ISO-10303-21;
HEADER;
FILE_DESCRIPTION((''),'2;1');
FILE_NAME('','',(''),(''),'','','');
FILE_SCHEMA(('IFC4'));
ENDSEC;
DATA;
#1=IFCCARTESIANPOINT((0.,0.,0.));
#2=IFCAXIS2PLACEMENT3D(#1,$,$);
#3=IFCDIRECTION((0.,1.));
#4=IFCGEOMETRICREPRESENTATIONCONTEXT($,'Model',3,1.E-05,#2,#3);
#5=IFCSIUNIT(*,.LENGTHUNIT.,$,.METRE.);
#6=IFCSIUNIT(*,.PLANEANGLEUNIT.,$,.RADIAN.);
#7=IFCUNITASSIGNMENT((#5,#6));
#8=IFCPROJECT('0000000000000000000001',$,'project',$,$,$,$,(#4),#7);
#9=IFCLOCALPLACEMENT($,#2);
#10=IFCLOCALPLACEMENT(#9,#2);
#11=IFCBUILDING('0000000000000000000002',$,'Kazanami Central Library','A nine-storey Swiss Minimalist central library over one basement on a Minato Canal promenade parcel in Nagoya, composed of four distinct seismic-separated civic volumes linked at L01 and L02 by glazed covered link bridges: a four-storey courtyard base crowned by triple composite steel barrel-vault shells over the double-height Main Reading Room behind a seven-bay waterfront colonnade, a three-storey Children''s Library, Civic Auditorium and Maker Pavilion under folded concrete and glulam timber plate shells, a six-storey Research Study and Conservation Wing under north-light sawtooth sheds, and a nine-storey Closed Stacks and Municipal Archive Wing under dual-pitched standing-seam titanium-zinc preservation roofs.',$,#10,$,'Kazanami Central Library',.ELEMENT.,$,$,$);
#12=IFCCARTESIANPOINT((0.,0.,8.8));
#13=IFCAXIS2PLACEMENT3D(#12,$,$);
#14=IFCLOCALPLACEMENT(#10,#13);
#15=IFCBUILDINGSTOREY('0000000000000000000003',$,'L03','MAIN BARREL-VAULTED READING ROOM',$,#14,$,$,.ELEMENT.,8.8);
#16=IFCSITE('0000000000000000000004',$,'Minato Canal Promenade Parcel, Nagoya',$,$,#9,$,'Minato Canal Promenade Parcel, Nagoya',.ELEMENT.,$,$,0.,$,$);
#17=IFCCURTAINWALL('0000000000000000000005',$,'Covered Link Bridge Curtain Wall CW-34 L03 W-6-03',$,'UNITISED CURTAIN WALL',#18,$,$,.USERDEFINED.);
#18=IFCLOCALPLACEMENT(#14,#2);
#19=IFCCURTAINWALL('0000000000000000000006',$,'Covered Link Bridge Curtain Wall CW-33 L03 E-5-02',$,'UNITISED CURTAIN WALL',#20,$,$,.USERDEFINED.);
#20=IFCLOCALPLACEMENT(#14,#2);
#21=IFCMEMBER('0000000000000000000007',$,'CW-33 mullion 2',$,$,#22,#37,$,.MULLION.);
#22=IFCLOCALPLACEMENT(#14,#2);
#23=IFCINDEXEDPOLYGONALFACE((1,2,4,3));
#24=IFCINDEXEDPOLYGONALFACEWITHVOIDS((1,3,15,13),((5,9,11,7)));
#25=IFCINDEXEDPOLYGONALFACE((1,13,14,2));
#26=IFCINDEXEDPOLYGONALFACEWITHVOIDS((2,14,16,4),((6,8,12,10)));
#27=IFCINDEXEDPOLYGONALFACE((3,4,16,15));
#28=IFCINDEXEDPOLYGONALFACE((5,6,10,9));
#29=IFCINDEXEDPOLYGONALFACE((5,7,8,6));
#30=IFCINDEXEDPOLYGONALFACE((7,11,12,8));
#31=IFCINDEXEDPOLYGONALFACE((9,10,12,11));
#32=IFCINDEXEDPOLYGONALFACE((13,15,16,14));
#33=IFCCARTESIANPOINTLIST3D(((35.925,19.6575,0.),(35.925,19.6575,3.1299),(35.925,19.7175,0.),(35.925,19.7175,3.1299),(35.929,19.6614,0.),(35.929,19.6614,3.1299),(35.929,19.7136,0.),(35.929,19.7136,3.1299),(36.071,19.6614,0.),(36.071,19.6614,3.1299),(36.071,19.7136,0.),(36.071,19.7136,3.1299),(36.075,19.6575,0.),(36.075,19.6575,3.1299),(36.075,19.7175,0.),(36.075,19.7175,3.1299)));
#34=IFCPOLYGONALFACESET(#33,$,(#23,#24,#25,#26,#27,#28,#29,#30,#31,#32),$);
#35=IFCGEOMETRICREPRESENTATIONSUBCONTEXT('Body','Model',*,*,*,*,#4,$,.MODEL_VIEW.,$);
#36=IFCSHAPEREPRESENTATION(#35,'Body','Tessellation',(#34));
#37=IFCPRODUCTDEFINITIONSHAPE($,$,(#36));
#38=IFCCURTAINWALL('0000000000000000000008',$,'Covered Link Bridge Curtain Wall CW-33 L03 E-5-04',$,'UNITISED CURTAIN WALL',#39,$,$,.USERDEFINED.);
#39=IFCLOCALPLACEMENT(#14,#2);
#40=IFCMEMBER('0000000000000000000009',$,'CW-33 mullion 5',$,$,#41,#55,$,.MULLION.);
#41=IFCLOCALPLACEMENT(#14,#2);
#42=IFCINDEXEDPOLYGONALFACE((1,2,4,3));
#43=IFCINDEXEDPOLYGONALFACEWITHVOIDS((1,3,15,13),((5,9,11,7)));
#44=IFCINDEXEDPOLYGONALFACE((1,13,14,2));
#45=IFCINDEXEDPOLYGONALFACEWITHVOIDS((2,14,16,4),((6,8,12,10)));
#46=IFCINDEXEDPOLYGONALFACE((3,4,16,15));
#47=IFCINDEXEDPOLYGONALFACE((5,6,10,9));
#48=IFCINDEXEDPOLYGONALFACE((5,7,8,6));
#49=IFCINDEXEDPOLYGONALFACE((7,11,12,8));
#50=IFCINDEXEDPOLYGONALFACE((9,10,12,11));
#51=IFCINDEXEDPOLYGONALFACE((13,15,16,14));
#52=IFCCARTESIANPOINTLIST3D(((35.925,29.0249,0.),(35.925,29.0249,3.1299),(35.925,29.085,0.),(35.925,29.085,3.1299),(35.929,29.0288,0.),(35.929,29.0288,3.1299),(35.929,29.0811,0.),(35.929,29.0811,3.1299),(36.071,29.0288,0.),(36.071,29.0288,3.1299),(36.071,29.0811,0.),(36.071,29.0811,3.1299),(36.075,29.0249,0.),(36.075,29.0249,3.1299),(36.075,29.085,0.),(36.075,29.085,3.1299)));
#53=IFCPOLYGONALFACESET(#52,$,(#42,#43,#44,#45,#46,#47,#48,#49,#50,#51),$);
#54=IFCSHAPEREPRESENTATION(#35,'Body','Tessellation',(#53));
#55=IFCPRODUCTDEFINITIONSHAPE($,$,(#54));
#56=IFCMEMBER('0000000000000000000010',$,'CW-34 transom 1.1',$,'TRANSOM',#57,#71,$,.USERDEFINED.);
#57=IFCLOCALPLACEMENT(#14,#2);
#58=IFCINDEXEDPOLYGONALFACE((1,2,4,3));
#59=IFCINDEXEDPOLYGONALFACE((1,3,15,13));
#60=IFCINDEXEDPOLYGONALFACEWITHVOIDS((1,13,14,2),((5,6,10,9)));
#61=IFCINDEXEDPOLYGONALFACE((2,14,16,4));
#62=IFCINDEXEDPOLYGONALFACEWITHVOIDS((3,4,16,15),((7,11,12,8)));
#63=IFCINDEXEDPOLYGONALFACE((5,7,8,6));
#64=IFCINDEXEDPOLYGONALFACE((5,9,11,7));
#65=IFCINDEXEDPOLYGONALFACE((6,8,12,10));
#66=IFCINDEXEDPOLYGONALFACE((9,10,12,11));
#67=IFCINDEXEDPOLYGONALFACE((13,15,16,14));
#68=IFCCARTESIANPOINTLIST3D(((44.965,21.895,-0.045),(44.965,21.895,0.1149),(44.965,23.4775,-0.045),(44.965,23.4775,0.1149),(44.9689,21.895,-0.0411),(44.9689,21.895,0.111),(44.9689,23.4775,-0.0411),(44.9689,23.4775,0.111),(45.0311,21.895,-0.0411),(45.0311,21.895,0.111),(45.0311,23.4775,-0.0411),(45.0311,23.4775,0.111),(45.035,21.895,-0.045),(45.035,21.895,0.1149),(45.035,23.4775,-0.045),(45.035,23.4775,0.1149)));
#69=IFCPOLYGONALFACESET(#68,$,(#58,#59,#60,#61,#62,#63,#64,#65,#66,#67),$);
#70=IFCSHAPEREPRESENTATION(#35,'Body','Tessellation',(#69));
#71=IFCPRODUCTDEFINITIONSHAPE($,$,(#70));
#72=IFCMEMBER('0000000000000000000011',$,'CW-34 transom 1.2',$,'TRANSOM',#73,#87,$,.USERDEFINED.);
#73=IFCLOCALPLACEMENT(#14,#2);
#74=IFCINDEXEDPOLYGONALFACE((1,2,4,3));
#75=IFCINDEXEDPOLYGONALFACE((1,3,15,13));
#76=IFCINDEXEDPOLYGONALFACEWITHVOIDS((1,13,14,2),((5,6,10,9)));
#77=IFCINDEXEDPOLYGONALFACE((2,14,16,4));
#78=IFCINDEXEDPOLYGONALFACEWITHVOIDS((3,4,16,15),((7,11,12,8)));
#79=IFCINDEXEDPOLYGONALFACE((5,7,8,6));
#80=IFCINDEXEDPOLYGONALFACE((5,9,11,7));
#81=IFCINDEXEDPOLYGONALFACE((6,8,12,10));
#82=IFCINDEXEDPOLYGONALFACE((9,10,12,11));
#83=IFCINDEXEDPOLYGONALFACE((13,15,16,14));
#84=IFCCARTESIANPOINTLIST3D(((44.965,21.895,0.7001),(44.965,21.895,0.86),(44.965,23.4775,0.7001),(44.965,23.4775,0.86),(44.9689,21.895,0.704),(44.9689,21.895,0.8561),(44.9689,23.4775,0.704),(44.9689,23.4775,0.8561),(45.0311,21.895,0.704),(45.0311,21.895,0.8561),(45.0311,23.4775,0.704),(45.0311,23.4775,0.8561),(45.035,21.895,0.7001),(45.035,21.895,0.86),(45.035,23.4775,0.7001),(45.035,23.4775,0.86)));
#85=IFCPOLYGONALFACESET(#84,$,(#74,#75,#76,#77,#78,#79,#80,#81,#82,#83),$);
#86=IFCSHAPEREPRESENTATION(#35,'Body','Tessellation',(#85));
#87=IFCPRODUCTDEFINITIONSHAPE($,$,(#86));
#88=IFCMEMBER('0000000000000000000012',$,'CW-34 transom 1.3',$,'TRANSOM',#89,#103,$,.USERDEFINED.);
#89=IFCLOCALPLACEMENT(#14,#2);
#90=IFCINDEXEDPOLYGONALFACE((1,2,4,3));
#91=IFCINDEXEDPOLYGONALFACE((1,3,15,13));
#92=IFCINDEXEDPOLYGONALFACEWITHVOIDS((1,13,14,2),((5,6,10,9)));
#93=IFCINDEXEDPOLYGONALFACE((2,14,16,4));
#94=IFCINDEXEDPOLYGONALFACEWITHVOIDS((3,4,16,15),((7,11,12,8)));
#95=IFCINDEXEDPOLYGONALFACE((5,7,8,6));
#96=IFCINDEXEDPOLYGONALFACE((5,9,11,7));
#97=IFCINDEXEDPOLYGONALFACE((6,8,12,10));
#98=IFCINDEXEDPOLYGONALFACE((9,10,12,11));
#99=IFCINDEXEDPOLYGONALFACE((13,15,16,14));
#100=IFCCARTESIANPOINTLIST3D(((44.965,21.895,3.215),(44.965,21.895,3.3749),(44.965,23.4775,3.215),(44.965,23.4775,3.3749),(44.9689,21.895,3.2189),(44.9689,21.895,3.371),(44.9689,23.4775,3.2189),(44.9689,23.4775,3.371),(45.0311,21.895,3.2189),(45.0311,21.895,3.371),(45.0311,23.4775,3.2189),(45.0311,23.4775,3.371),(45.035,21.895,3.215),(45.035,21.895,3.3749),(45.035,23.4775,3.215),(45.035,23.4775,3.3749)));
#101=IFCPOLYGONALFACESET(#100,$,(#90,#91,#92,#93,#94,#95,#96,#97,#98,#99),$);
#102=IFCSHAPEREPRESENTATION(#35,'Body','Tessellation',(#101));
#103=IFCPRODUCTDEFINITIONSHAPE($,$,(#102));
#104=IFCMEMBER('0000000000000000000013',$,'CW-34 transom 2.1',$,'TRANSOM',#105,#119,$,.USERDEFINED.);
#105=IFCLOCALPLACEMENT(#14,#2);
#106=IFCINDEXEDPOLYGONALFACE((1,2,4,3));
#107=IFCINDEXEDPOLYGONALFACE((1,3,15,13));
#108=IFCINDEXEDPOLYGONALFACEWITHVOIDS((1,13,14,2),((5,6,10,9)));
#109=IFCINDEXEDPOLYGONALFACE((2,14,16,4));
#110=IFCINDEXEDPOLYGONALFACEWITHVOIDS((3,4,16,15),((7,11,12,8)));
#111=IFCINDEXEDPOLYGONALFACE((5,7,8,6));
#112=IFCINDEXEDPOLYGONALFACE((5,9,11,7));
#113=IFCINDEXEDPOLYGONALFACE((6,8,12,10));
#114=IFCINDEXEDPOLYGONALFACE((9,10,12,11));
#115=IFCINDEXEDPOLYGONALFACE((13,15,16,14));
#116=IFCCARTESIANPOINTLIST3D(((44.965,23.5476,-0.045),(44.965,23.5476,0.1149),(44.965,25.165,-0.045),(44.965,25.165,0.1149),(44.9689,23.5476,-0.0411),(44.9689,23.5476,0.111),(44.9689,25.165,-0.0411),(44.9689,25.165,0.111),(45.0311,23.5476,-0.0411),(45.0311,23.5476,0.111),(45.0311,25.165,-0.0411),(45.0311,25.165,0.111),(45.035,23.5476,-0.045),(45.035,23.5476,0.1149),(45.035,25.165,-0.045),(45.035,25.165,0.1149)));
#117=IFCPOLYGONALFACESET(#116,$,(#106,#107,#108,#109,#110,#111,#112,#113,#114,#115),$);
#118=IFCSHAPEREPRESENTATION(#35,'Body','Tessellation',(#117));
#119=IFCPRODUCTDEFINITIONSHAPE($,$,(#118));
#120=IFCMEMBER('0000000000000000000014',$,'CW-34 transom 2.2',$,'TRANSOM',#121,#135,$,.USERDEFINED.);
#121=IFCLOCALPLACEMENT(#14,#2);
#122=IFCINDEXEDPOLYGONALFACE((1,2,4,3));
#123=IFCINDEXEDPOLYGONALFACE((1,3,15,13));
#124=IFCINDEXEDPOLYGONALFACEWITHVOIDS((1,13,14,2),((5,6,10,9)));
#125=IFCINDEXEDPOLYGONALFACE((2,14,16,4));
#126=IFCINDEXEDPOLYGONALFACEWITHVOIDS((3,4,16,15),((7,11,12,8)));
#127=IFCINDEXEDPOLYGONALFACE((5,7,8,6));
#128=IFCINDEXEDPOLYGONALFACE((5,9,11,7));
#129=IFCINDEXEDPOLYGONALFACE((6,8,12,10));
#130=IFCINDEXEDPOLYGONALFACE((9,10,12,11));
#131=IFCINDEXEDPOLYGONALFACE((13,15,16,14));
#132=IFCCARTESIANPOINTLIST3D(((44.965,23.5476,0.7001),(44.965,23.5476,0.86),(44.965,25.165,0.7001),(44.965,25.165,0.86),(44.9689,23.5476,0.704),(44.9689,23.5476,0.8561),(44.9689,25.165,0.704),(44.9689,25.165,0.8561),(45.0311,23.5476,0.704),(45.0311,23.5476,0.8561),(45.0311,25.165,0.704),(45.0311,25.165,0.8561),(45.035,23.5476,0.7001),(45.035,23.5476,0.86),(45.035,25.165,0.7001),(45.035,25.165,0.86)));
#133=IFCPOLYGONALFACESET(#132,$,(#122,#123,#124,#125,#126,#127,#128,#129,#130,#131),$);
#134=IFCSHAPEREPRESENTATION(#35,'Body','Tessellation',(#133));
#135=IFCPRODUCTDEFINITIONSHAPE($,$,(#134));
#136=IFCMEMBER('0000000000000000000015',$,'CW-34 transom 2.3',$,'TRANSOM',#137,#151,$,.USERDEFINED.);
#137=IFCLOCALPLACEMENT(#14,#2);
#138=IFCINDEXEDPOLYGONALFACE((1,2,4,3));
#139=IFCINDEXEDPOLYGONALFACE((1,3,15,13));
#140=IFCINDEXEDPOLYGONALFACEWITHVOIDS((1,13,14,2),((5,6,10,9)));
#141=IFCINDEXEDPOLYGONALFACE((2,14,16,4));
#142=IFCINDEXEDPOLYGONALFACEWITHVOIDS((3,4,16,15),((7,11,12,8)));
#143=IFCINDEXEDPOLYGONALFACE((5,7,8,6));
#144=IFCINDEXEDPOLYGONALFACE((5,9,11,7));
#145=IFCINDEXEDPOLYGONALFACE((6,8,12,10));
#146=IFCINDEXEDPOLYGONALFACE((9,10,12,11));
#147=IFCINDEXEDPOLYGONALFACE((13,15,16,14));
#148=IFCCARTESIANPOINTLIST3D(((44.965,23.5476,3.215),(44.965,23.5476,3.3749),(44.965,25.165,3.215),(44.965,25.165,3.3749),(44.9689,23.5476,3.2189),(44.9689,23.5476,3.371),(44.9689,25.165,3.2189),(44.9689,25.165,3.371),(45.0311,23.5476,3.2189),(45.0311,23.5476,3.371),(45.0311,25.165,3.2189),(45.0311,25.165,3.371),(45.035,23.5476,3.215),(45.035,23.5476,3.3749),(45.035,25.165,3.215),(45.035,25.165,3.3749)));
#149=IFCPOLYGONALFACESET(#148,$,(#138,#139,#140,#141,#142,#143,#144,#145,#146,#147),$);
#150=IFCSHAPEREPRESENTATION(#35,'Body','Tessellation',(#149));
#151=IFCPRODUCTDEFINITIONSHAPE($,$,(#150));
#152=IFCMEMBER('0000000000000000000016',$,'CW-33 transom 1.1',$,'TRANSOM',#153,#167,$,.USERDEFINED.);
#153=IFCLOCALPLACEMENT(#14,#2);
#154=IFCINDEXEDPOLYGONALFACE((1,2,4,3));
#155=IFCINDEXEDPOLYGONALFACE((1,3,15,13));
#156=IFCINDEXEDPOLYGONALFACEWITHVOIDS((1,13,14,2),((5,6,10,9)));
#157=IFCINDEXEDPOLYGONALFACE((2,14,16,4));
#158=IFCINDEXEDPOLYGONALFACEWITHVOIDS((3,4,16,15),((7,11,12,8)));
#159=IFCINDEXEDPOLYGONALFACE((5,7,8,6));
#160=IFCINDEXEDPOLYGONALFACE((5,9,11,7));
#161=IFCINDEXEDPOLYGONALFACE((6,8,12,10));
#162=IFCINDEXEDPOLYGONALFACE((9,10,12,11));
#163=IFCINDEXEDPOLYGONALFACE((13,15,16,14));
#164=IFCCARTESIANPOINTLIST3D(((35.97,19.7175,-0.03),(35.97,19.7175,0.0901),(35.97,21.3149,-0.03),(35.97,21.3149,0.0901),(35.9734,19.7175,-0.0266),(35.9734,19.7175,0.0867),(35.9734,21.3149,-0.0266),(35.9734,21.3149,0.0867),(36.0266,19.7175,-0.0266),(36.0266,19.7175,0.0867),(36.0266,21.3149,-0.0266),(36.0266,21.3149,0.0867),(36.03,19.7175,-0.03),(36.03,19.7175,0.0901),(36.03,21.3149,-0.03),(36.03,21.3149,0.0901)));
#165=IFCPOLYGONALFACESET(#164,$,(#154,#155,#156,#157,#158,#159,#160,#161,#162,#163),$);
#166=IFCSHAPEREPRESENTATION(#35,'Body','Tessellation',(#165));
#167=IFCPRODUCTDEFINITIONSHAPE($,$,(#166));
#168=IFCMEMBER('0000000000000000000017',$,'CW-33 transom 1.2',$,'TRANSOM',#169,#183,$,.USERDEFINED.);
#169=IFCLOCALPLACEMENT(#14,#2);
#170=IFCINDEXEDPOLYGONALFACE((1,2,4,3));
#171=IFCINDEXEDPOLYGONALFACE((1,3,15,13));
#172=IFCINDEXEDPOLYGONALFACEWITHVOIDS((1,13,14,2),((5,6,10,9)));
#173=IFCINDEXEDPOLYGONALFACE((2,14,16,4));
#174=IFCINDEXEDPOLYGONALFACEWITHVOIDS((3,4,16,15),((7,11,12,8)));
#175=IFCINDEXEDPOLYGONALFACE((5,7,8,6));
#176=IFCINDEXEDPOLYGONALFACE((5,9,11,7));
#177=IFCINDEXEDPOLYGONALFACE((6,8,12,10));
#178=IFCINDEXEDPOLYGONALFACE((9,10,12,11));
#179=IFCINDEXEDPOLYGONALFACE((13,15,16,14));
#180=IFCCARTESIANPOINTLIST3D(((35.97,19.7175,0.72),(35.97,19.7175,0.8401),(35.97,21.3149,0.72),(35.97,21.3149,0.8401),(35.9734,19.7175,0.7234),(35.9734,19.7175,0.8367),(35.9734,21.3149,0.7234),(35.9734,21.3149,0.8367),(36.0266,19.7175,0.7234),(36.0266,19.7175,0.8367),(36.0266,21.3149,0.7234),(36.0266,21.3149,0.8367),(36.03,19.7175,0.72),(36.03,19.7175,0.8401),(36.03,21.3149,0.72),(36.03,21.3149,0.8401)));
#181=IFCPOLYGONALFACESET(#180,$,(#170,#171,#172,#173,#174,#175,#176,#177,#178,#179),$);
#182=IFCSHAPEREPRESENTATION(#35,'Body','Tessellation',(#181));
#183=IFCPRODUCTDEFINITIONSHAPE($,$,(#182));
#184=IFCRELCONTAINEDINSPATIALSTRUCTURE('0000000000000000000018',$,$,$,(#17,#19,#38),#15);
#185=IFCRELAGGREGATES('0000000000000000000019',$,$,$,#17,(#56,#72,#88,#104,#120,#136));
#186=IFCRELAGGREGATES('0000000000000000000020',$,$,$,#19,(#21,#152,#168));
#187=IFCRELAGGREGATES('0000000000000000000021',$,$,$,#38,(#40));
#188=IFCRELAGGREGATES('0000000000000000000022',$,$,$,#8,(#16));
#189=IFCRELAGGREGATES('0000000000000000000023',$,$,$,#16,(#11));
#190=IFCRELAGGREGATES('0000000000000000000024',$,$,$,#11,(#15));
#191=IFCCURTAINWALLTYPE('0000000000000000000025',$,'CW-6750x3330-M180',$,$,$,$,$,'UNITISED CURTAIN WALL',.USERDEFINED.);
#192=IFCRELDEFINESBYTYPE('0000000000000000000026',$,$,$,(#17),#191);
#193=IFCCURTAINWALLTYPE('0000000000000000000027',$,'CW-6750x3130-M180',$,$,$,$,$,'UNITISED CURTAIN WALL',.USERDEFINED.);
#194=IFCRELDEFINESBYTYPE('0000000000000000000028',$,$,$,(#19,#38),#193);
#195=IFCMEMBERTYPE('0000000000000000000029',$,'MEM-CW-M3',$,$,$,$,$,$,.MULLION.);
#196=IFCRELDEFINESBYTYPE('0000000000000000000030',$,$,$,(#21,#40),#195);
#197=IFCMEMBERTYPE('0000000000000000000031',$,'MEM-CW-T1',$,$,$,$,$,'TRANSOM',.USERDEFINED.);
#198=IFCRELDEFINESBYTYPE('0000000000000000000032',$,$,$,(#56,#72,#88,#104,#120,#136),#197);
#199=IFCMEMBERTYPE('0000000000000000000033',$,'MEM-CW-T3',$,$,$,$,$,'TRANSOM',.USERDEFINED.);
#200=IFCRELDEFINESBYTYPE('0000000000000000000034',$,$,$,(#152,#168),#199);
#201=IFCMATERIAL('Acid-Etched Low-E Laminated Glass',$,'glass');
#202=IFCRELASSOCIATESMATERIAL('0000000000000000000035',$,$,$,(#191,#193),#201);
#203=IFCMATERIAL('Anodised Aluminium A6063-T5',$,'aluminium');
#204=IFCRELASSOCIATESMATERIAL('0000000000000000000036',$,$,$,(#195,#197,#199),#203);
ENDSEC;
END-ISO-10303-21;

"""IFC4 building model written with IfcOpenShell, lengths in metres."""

from ifc_helpers import new_model, si_unit, direction, frame, origin, origin_2d, place, context, subcontext, project, spatial, hollow_rectangle, extrude, material, material_profile, profile_set, type_object, element, aggregate, save


model = new_model("IFC4")

# Units and contexts
model_context = context("Model", 3, precision=1e-05, world=origin(), true_north=direction((0.0, 1.0)))
body_context = subcontext(model_context, "Body", "Model", "MODEL_VIEW")
ifc_project = project(units=[si_unit("LENGTHUNIT", "METRE"), si_unit("PLANEANGLEUNIT", "RADIAN")], contexts=[model_context])

# Site, building, storey
site_placement = place(None, origin())
site = spatial("IfcSite", under=ifc_project, at=site_placement, Name="Minato Canal Promenade Parcel, Nagoya", LongName="Minato Canal Promenade Parcel, Nagoya", CompositionType="ELEMENT", RefElevation=0.0)
building_placement = place(site_placement, origin())
building = spatial("IfcBuilding", under=site, at=building_placement, Name="Kazanami Central Library", Description="A nine-storey Swiss Minimalist central library over one basement on a Minato Canal promenade parcel in Nagoya, composed of four distinct seismic-separated civic volumes linked at L01 and L02 by glazed covered link bridges: a four-storey courtyard base crowned by triple composite steel barrel-vault shells over the double-height Main Reading Room behind a seven-bay waterfront colonnade, a three-storey Children's Library, Civic Auditorium and Maker Pavilion under folded concrete and glulam timber plate shells, a six-storey Research Study and Conservation Wing under north-light sawtooth sheds, and a nine-storey Closed Stacks and Municipal Archive Wing under dual-pitched standing-seam titanium-zinc preservation roofs.", LongName="Kazanami Central Library", CompositionType="ELEMENT")
storey_placement = place(building_placement, frame((0.0, 0.0, 8.8)))
storey = spatial("IfcBuildingStorey", under=building, at=storey_placement, Name="L03", Description="MAIN BARREL-VAULTED READING ROOM", CompositionType="ELEMENT", Elevation=8.8)

# Curtain walls, member
ifc_material_1 = material(Name="Acid-Etched Low-E Laminated Glass", Category="glass")
curtain_wall_type_1 = type_object("IfcCurtainWallType", Name="CW-6750x3330-M180", ElementType="UNITISED CURTAIN WALL", PredefinedType="USERDEFINED", material=ifc_material_1)
curtain_wall_1_placement = place(storey_placement, origin())
curtain_wall_1 = element("IfcCurtainWall", 1, at=curtain_wall_1_placement, inside=storey, type_object=curtain_wall_type_1, Name="Covered Link Bridge Curtain Wall CW-34 L03 W-6-03", ObjectType="UNITISED CURTAIN WALL", PredefinedType="USERDEFINED")
ifc_material_2 = material(Name="Anodised Aluminium A6063-T5", Category="aluminium")
curtain_wall_type_2 = type_object("IfcCurtainWallType", Name="CW-6750x3130-M180", ElementType="UNITISED CURTAIN WALL", PredefinedType="USERDEFINED", material=ifc_material_1)
curtain_wall_2_placement = place(storey_placement, origin())
curtain_wall_2 = element("IfcCurtainWall", 2, at=curtain_wall_2_placement, inside=storey, type_object=curtain_wall_type_2, Name="Covered Link Bridge Curtain Wall CW-33 L03 E-5-02", ObjectType="UNITISED CURTAIN WALL", PredefinedType="USERDEFINED")
ifc_material_profile_1 = material_profile(ifc_material_2, hollow_rectangle(XDim=0.0601, YDim=0.1499, WallThickness=0.0039, at=origin_2d()), Name="ALU-MULL-60x150x4")
ifc_profile_set_1 = profile_set([ifc_material_profile_1], Name="Anodised Aluminium A6063-T5")
member_type_1 = type_object("IfcMemberType", Name="MEM-CW-M3", PredefinedType="MULLION", material=ifc_profile_set_1)
member_1_placement = place(storey_placement, frame((36.0, 19.6875, 0.0), z_axis=(0.0, 0.0, 1.0), x_axis=(0.0, -1.0, 0.0)))
member_1 = element("IfcMember", 3, at=member_1_placement, type_object=member_type_1, Name="CW-33 mullion 2", PredefinedType="MULLION", context=body_context, shape_type="SweptSolid", body=[
    extrude(hollow_rectangle(XDim=0.0601, YDim=0.1499, WallThickness=0.0039, at=origin_2d()), origin(), (0.0, 0.0, 1.0), 3.1299),
])

# Curtain wall, member
curtain_wall_3_placement = place(storey_placement, origin())
curtain_wall_3 = element("IfcCurtainWall", 4, at=curtain_wall_3_placement, inside=storey, type_object=curtain_wall_type_2, Name="Covered Link Bridge Curtain Wall CW-33 L03 E-5-04", ObjectType="UNITISED CURTAIN WALL", PredefinedType="USERDEFINED")
member_2_placement = place(storey_placement, frame((36.0, 29.0549, 0.0), z_axis=(0.0, 0.0, 1.0), x_axis=(0.0, -1.0, 0.0)))
member_2 = element("IfcMember", 5, at=member_2_placement, type_object=member_type_1, Name="CW-33 mullion 5", PredefinedType="MULLION", context=body_context, shape_type="SweptSolid", body=[
    extrude(hollow_rectangle(XDim=0.0601, YDim=0.1499, WallThickness=0.0039, at=origin_2d()), origin(), (0.0, 0.0, 1.0), 3.1299),
])

# Members
ifc_material_profile_2 = material_profile(ifc_material_2, hollow_rectangle(XDim=0.0701, YDim=0.1599, WallThickness=0.0039, at=origin_2d()), Name="ALU-TRAN-70x160x4")
ifc_profile_set_2 = profile_set([ifc_material_profile_2], Name="Anodised Aluminium A6063-T5")
member_type_2 = type_object("IfcMemberType", Name="MEM-CW-T1", ElementType="TRANSOM", PredefinedType="USERDEFINED", material=ifc_profile_set_2)
member_3_placement = place(storey_placement, frame((45.0, 21.895, 0.0349), z_axis=(0.0, 1.0, 0.0), x_axis=(-1.0, 0.0, 0.0)))
member_3 = element("IfcMember", 6, at=member_3_placement, type_object=member_type_2, Name="CW-34 transom 1.1", ObjectType="TRANSOM", PredefinedType="USERDEFINED", context=body_context, shape_type="SweptSolid", body=[
    extrude(hollow_rectangle(XDim=0.0701, YDim=0.1599, WallThickness=0.0039, at=origin_2d()), origin(), (0.0, 0.0, 1.0), 1.5825),
])
member_4_placement = place(storey_placement, frame((45.0, 21.895, 0.78), z_axis=(0.0, 1.0, 0.0), x_axis=(-1.0, 0.0, 0.0)))
member_4 = element("IfcMember", 7, at=member_4_placement, type_object=member_type_2, Name="CW-34 transom 1.2", ObjectType="TRANSOM", PredefinedType="USERDEFINED", context=body_context, shape_type="SweptSolid", body=[
    extrude(hollow_rectangle(XDim=0.0701, YDim=0.1599, WallThickness=0.0039, at=origin_2d()), origin(), (0.0, 0.0, 1.0), 1.5825),
])
member_5_placement = place(storey_placement, frame((45.0, 21.895, 3.2949), z_axis=(0.0, 1.0, 0.0), x_axis=(-1.0, 0.0, 0.0)))
member_5 = element("IfcMember", 8, at=member_5_placement, type_object=member_type_2, Name="CW-34 transom 1.3", ObjectType="TRANSOM", PredefinedType="USERDEFINED", context=body_context, shape_type="SweptSolid", body=[
    extrude(hollow_rectangle(XDim=0.0701, YDim=0.1599, WallThickness=0.0039, at=origin_2d()), origin(), (0.0, 0.0, 1.0), 1.5825),
])
member_6_placement = place(storey_placement, frame((45.0, 23.5476, 0.0349), z_axis=(0.0, 1.0, 0.0), x_axis=(-1.0, 0.0, 0.0)))
member_6 = element("IfcMember", 9, at=member_6_placement, type_object=member_type_2, Name="CW-34 transom 2.1", ObjectType="TRANSOM", PredefinedType="USERDEFINED", context=body_context, shape_type="SweptSolid", body=[
    extrude(hollow_rectangle(XDim=0.0701, YDim=0.1599, WallThickness=0.0039, at=origin_2d()), origin(), (0.0, 0.0, 1.0), 1.6174),
])
member_7_placement = place(storey_placement, frame((45.0, 23.5476, 0.78), z_axis=(0.0, 1.0, 0.0), x_axis=(-1.0, 0.0, 0.0)))
member_7 = element("IfcMember", 10, at=member_7_placement, type_object=member_type_2, Name="CW-34 transom 2.2", ObjectType="TRANSOM", PredefinedType="USERDEFINED", context=body_context, shape_type="SweptSolid", body=[
    extrude(hollow_rectangle(XDim=0.0701, YDim=0.1599, WallThickness=0.0039, at=origin_2d()), origin(), (0.0, 0.0, 1.0), 1.6174),
])
member_8_placement = place(storey_placement, frame((45.0, 23.5476, 3.2949), z_axis=(0.0, 1.0, 0.0), x_axis=(-1.0, 0.0, 0.0)))
member_8 = element("IfcMember", 11, at=member_8_placement, type_object=member_type_2, Name="CW-34 transom 2.3", ObjectType="TRANSOM", PredefinedType="USERDEFINED", context=body_context, shape_type="SweptSolid", body=[
    extrude(hollow_rectangle(XDim=0.0701, YDim=0.1599, WallThickness=0.0039, at=origin_2d()), origin(), (0.0, 0.0, 1.0), 1.6174),
])
ifc_material_profile_3 = material_profile(ifc_material_2, hollow_rectangle(XDim=0.0601, YDim=0.1201, WallThickness=0.0034, at=origin_2d()), Name="ALU-TRAN-60x120x3.5")
ifc_profile_set_3 = profile_set([ifc_material_profile_3], Name="Anodised Aluminium A6063-T5")
member_type_3 = type_object("IfcMemberType", Name="MEM-CW-T3", ElementType="TRANSOM", PredefinedType="USERDEFINED", material=ifc_profile_set_3)
member_9_placement = place(storey_placement, frame((36.0, 21.3149, 0.03), z_axis=(0.0, -1.0, 0.0), x_axis=(1.0, 0.0, 0.0)))
member_9 = element("IfcMember", 12, at=member_9_placement, type_object=member_type_3, Name="CW-33 transom 1.1", ObjectType="TRANSOM", PredefinedType="USERDEFINED", context=body_context, shape_type="SweptSolid", body=[
    extrude(hollow_rectangle(XDim=0.0601, YDim=0.1201, WallThickness=0.0034, at=origin_2d()), origin(), (0.0, 0.0, 1.0), 1.5974),
])
member_10_placement = place(storey_placement, frame((36.0, 21.3149, 0.78), z_axis=(0.0, -1.0, 0.0), x_axis=(1.0, 0.0, 0.0)))
member_10 = element("IfcMember", 13, at=member_10_placement, type_object=member_type_3, Name="CW-33 transom 1.2", ObjectType="TRANSOM", PredefinedType="USERDEFINED", context=body_context, shape_type="SweptSolid", body=[
    extrude(hollow_rectangle(XDim=0.0601, YDim=0.1201, WallThickness=0.0034, at=origin_2d()), origin(), (0.0, 0.0, 1.0), 1.5974),
])

aggregate(curtain_wall_1, [member_3, member_4, member_5, member_6, member_7, member_8])
aggregate(curtain_wall_2, [member_1, member_9, member_10])
aggregate(curtain_wall_3, [member_2])

save(model, "model.ifc")
